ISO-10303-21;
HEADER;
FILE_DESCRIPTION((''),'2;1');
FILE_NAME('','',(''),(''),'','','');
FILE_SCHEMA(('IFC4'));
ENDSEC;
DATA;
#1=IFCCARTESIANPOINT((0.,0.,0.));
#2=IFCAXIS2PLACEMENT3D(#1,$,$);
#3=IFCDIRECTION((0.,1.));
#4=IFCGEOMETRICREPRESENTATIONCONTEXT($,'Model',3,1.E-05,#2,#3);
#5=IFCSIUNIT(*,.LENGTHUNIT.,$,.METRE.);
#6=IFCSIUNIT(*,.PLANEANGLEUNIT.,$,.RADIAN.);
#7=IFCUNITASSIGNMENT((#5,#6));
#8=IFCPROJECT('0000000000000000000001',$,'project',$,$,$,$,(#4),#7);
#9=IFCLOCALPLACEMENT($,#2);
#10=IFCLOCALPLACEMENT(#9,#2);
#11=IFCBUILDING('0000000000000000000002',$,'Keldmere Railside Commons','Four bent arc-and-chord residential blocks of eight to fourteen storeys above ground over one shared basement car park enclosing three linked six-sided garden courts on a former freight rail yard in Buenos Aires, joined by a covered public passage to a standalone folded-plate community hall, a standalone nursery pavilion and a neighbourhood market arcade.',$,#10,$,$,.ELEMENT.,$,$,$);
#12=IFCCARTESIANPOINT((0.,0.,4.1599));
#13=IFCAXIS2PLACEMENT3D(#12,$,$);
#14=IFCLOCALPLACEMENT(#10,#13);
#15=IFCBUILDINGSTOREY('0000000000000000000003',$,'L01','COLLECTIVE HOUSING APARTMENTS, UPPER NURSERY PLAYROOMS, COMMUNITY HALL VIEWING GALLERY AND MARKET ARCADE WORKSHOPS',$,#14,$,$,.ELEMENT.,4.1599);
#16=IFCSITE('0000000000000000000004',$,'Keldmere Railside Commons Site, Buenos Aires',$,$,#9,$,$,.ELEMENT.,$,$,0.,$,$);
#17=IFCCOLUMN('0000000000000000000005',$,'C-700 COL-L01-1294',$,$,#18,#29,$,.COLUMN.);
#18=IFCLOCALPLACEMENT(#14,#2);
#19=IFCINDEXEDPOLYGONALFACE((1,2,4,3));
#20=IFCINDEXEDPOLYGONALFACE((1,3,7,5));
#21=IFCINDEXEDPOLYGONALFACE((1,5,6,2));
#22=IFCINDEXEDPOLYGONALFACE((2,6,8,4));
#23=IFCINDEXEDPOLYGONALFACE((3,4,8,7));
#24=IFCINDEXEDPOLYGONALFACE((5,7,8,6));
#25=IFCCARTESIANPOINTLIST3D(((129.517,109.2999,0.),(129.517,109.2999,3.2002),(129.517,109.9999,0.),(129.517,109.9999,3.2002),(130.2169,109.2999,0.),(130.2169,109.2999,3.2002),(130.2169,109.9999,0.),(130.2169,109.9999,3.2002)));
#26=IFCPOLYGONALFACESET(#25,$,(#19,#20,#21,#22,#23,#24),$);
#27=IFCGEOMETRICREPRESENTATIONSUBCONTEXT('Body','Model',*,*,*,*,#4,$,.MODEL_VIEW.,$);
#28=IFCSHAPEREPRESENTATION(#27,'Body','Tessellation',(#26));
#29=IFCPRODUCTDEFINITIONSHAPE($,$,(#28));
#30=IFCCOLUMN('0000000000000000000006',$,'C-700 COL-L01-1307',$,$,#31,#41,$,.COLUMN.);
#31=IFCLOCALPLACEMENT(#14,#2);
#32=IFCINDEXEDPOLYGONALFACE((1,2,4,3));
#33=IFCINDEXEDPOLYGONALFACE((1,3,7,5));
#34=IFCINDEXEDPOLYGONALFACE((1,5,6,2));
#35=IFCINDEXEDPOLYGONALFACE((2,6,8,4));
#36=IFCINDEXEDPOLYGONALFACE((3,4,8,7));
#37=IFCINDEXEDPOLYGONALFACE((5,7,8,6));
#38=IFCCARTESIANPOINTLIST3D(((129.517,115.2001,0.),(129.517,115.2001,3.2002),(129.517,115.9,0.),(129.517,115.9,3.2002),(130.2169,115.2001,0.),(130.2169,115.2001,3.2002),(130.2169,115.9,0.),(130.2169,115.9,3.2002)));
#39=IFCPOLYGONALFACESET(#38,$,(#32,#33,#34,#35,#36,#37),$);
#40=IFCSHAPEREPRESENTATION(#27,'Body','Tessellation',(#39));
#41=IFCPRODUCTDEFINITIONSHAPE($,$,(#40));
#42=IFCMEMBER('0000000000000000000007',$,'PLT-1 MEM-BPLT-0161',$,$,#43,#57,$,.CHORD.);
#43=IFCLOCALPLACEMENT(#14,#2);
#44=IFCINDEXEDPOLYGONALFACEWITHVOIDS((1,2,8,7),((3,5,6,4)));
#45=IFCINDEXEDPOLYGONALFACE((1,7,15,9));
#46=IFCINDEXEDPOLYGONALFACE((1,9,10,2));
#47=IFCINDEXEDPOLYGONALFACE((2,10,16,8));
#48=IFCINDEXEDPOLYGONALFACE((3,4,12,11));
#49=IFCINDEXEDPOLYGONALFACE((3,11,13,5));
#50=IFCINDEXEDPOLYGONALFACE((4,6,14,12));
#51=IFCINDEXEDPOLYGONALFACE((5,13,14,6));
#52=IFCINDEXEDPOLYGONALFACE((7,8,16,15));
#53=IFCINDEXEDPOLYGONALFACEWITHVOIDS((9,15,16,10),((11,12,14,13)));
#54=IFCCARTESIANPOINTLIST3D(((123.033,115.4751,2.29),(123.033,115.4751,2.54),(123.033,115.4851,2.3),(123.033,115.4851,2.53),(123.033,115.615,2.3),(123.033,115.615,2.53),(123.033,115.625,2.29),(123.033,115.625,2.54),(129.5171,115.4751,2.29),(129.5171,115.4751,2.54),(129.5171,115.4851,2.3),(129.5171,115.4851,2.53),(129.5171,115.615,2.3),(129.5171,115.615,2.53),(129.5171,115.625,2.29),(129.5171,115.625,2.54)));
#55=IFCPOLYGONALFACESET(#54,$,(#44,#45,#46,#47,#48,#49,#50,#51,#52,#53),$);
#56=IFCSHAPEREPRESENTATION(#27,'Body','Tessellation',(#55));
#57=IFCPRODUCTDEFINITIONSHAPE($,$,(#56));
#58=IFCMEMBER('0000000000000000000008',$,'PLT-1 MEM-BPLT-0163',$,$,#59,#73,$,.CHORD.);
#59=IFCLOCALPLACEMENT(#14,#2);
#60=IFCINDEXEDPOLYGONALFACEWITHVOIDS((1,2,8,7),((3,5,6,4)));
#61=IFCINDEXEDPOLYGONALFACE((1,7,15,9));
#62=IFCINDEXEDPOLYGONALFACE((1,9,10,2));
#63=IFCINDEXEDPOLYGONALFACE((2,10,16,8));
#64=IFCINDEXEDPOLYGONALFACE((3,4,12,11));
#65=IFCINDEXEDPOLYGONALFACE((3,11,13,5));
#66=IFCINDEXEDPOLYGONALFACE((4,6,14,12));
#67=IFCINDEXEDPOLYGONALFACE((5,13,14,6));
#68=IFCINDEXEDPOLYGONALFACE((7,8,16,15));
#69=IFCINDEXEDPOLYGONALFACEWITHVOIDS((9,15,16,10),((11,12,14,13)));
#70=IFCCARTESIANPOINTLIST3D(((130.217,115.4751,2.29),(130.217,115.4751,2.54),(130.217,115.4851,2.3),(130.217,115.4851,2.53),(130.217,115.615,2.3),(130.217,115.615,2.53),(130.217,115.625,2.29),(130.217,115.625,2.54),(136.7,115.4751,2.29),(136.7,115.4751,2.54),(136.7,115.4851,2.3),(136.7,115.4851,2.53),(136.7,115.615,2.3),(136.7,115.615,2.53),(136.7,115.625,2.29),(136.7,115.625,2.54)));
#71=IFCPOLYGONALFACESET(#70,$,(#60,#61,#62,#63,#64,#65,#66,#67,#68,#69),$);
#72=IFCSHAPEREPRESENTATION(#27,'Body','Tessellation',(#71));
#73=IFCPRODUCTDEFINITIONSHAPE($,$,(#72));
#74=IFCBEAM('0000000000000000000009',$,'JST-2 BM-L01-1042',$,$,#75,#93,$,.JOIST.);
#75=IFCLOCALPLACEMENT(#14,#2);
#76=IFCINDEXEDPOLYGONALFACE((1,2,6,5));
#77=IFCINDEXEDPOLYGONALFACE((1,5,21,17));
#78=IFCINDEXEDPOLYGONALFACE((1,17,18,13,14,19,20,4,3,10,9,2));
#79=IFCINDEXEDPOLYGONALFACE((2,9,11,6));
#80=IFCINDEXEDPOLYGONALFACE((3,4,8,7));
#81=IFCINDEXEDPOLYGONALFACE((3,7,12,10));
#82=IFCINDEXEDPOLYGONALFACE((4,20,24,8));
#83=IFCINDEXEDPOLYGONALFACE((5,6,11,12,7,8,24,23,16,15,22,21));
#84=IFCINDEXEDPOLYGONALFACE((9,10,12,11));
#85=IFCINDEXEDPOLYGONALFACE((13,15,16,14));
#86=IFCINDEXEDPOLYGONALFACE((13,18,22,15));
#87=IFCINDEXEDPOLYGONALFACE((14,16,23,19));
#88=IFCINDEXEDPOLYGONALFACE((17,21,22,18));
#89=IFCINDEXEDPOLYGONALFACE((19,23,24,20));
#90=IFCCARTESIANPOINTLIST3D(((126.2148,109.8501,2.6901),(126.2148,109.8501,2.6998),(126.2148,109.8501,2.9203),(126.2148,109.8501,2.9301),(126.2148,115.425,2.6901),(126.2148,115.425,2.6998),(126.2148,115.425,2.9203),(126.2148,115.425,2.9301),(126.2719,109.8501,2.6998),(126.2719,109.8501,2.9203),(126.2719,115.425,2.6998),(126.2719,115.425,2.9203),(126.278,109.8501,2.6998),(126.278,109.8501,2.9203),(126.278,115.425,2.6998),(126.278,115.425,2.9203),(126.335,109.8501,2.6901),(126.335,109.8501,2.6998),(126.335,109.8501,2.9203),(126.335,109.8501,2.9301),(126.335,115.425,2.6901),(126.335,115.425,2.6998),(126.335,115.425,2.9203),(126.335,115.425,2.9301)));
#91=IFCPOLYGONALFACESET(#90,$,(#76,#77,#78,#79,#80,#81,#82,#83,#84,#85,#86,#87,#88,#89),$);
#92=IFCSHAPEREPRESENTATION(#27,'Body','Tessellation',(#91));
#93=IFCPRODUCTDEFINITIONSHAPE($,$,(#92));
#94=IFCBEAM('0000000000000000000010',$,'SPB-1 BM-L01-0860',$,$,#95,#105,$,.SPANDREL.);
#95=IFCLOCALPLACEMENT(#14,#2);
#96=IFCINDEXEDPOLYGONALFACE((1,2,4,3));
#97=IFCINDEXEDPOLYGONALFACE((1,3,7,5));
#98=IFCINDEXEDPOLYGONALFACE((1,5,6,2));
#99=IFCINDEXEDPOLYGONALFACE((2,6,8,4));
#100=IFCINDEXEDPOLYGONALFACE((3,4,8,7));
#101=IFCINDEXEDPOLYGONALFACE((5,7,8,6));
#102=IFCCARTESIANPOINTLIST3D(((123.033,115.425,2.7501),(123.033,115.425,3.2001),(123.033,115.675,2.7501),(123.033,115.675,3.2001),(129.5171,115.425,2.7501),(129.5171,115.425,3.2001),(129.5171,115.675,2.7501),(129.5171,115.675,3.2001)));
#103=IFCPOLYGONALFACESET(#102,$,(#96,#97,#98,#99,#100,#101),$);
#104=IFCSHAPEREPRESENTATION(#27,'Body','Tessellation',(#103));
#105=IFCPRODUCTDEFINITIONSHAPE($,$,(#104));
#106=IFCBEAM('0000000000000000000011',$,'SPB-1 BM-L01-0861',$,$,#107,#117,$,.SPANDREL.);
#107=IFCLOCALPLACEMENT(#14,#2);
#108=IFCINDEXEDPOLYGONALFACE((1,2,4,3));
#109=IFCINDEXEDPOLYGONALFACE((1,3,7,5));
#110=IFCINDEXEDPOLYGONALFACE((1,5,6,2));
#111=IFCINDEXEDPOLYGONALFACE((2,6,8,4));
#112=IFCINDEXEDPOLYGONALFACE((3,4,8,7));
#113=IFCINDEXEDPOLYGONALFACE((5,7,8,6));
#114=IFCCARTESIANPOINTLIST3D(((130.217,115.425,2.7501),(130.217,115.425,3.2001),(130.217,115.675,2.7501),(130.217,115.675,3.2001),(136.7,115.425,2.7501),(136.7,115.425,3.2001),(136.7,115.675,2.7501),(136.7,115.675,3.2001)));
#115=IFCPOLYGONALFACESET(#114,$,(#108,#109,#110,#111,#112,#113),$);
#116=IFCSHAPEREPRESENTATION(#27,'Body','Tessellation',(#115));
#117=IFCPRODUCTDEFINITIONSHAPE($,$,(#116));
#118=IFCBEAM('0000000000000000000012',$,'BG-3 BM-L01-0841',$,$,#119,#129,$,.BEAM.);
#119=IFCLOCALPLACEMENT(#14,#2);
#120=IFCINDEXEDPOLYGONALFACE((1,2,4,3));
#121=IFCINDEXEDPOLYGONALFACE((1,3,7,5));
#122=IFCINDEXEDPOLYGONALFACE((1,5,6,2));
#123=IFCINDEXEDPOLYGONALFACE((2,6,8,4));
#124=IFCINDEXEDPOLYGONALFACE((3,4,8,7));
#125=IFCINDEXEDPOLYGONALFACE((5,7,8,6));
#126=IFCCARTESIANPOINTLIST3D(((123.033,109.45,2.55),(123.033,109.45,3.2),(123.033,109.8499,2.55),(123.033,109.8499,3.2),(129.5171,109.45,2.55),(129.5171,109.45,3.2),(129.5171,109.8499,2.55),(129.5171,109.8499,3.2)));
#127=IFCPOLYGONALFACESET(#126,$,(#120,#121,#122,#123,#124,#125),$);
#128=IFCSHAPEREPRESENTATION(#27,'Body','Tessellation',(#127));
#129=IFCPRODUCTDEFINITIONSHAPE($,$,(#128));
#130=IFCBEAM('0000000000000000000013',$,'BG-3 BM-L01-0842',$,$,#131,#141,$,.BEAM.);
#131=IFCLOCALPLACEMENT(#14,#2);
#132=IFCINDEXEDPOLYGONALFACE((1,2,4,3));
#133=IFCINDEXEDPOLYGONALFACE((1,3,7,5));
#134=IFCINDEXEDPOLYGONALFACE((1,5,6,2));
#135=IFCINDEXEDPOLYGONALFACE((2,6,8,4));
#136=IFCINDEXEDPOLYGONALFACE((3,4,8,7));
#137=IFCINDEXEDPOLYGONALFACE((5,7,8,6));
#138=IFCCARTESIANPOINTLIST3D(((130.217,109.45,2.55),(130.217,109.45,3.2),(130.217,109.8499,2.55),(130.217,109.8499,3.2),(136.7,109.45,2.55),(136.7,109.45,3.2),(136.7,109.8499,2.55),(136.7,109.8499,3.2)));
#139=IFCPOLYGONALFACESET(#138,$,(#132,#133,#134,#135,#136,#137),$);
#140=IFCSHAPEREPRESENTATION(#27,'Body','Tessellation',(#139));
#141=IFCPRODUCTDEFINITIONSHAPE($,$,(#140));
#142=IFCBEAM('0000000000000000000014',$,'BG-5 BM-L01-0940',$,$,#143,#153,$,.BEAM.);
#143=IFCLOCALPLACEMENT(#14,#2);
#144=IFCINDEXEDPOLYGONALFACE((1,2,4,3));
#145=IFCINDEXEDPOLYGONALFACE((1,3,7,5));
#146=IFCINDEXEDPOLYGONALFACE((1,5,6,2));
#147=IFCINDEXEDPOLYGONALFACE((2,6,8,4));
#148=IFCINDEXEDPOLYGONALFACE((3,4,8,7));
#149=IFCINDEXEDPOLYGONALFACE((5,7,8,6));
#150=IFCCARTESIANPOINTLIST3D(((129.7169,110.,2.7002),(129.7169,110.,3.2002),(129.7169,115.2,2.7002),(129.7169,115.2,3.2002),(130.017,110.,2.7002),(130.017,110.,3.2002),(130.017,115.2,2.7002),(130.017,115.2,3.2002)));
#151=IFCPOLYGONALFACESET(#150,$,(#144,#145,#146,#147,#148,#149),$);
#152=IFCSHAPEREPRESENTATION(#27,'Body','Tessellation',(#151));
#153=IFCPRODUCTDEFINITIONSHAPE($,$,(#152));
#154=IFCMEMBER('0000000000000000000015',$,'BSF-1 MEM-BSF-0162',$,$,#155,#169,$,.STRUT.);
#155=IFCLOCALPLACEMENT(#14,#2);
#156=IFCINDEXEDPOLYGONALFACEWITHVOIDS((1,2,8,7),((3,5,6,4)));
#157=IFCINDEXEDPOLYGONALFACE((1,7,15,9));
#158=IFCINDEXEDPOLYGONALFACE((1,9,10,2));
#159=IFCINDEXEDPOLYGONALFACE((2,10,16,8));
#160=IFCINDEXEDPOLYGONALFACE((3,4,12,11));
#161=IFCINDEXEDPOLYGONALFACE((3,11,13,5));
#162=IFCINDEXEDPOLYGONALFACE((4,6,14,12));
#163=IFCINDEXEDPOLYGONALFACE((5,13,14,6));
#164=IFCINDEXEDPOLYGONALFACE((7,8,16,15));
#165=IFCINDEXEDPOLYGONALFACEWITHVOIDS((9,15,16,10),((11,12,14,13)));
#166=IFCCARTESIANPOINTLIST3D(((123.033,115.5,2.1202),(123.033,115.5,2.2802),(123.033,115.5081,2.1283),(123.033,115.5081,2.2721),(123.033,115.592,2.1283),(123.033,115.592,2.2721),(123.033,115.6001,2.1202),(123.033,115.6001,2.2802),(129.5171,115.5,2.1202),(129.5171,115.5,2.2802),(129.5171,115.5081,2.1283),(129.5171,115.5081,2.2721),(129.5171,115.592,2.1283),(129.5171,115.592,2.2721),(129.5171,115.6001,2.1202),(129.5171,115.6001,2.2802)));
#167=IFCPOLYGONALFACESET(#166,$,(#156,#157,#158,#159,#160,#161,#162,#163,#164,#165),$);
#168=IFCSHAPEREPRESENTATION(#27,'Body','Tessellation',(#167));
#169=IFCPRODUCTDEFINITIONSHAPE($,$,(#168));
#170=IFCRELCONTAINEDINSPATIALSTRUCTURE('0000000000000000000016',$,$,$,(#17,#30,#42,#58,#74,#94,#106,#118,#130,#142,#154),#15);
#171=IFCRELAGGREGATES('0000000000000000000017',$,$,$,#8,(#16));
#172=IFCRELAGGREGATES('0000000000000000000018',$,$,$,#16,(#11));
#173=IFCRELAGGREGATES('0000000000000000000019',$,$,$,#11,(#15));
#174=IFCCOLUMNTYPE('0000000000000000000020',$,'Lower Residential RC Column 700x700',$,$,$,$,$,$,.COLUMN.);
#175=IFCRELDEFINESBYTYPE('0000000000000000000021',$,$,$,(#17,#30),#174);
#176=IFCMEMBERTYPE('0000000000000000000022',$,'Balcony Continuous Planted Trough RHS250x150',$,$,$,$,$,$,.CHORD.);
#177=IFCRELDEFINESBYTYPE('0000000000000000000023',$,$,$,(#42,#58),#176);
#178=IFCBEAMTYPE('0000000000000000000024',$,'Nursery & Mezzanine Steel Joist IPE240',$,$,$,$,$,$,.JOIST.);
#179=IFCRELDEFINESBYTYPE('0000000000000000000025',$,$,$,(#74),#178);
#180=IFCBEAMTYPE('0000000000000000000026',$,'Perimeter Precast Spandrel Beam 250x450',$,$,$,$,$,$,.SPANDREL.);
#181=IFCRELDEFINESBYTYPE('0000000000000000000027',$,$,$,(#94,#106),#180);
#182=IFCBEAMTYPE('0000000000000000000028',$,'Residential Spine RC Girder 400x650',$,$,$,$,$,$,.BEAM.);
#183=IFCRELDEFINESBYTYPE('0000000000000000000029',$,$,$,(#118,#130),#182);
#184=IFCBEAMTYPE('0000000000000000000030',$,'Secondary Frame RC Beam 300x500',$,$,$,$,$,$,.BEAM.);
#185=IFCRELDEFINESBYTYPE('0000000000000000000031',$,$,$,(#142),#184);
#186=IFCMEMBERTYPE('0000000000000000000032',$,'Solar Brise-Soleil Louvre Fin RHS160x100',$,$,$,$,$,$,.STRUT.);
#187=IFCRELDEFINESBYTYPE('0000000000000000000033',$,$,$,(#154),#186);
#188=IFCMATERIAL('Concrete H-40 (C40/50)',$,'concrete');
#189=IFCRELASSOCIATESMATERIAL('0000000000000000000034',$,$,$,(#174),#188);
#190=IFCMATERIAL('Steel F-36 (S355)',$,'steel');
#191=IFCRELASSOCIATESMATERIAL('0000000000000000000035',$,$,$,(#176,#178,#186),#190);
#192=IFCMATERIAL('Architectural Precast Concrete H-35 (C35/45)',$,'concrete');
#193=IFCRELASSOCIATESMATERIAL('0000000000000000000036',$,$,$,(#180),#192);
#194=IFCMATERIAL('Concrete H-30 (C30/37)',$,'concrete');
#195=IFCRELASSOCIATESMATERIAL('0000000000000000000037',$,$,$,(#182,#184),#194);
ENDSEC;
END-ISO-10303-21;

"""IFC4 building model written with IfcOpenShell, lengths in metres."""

from ifc_helpers import new_model, si_unit, direction, frame, origin, origin_2d, place, context, subcontext, project, spatial, rectangle, hollow_rectangle, i_section, extrude, material, material_profile, profile_set, type_object, element, save


model = new_model("IFC4")

# Units and contexts
model_context = context("Model", 3, precision=1e-05, world=origin(), true_north=direction((0.0, 1.0)))
body_context = subcontext(model_context, "Body", "Model", "MODEL_VIEW")
ifc_project = project(units=[si_unit("LENGTHUNIT", "METRE"), si_unit("PLANEANGLEUNIT", "RADIAN")], contexts=[model_context])

# Site, building, storey
site_placement = place(None, origin())
site = spatial("IfcSite", under=ifc_project, at=site_placement, Name="Keldmere Railside Commons Site, Buenos Aires", CompositionType="ELEMENT", RefElevation=0.0)
building_placement = place(site_placement, origin())
building = spatial("IfcBuilding", under=site, at=building_placement, Name="Keldmere Railside Commons", Description="Four bent arc-and-chord residential blocks of eight to fourteen storeys above ground over one shared basement car park enclosing three linked six-sided garden courts on a former freight rail yard in Buenos Aires, joined by a covered public passage to a standalone folded-plate community hall, a standalone nursery pavilion and a neighbourhood market arcade.", CompositionType="ELEMENT")
storey_placement = place(building_placement, frame((0.0, 0.0, 4.1599)))
storey = spatial("IfcBuildingStorey", under=building, at=storey_placement, Name="L01", Description="COLLECTIVE HOUSING APARTMENTS, UPPER NURSERY PLAYROOMS, COMMUNITY HALL VIEWING GALLERY AND MARKET ARCADE WORKSHOPS", CompositionType="ELEMENT", Elevation=4.1599)

# Columns
ifc_material_1 = material(Name="Concrete H-40 (C40/50)", Category="concrete")
ifc_material_profile_1 = material_profile(ifc_material_1, rectangle(XDim=0.7, YDim=0.7, at=origin_2d()), Name="RC-700x700")
ifc_profile_set_1 = profile_set([ifc_material_profile_1], Name="Concrete H-40 (C40/50)")
column_type = type_object("IfcColumnType", Name="Lower Residential RC Column 700x700", PredefinedType="COLUMN", material=ifc_profile_set_1)
for number, where, z_axis, x_axis, name in (
    (1, (129.8669, 109.6499, 0.0), (0.0, 0.0, 1.0), (1.0, 0.0, 0.0), "C-700 COL-L01-1294"),
    (2, (129.8669, 115.55, 0.0), (0.0, 0.0, 1.0), (1.0, 0.0, 0.0), "C-700 COL-L01-1307"),
):
    element("IfcColumn", number, at=place(storey_placement, frame(where, z_axis=z_axis, x_axis=x_axis)), inside=storey, type_object=column_type, Name=name, PredefinedType="COLUMN", context=body_context, shape_type="SweptSolid", body=[
        extrude(rectangle(XDim=0.7, YDim=0.7, at=origin_2d()), origin(), (0.0, 0.0, 1.0), 3.2002),
    ])

# Members
ifc_material_2 = material(Name="Steel F-36 (S355)", Category="steel")
ifc_material_profile_2 = material_profile(ifc_material_2, hollow_rectangle(XDim=0.1499, YDim=0.25, WallThickness=0.01, at=origin_2d()), Name="RHS-250x150x10")
ifc_profile_set_2 = profile_set([ifc_material_profile_2], Name="Steel F-36 (S355)")
member_type_1 = type_object("IfcMemberType", Name="Balcony Continuous Planted Trough RHS250x150", PredefinedType="CHORD", material=ifc_profile_set_2)
member_1_placement = place(storey_placement, frame((123.033, 115.55, 2.415), z_axis=(1.0, 0.0, 0.0), x_axis=(0.0, 1.0, 0.0)))
element("IfcMember", 3, at=member_1_placement, inside=storey, type_object=member_type_1, Name="PLT-1 MEM-BPLT-0161", PredefinedType="CHORD", context=body_context, shape_type="SweptSolid", body=[
    extrude(hollow_rectangle(XDim=0.1499, YDim=0.25, WallThickness=0.01, at=origin_2d()), origin(), (0.0, 0.0, 1.0), 6.4841),
])
member_2_placement = place(storey_placement, frame((130.217, 115.55, 2.415), z_axis=(1.0, 0.0, 0.0), x_axis=(0.0, 1.0, 0.0)))
element("IfcMember", 4, at=member_2_placement, inside=storey, type_object=member_type_1, Name="PLT-1 MEM-BPLT-0163", PredefinedType="CHORD", context=body_context, shape_type="SweptSolid", body=[
    extrude(hollow_rectangle(XDim=0.1499, YDim=0.25, WallThickness=0.01, at=origin_2d()), origin(), (0.0, 0.0, 1.0), 6.4829),
])

# Beams
ifc_material_profile_3 = material_profile(ifc_material_2, i_section(OverallWidth=0.1201, OverallDepth=0.24, WebThickness=0.0061, FlangeThickness=0.0098, at=origin_2d()), Name="IPE-240")
ifc_profile_set_3 = profile_set([ifc_material_profile_3], Name="Steel F-36 (S355)")
beam_type_1 = type_object("IfcBeamType", Name="Nursery & Mezzanine Steel Joist IPE240", PredefinedType="JOIST", material=ifc_profile_set_3)
beam_1_placement = place(storey_placement, frame((126.2749, 109.8501, 2.8101), z_axis=(0.0, 1.0, 0.0), x_axis=(-1.0, 0.0, 0.0)))
element("IfcBeam", 5, at=beam_1_placement, inside=storey, type_object=beam_type_1, Name="JST-2 BM-L01-1042", PredefinedType="JOIST", context=body_context, shape_type="SweptSolid", body=[
    extrude(i_section(OverallWidth=0.1201, OverallDepth=0.24, WebThickness=0.0061, FlangeThickness=0.0098, at=origin_2d()), origin(), (0.0, 0.0, 1.0), 5.575),
])
ifc_material_3 = material(Name="Architectural Precast Concrete H-35 (C35/45)", Category="concrete")
ifc_material_profile_4 = material_profile(ifc_material_3, rectangle(XDim=0.25, YDim=0.45, at=origin_2d()), Name="RC-250x450")
ifc_profile_set_4 = profile_set([ifc_material_profile_4], Name="Architectural Precast Concrete H-35 (C35/45)")
beam_type_2 = type_object("IfcBeamType", Name="Perimeter Precast Spandrel Beam 250x450", PredefinedType="SPANDREL", material=ifc_profile_set_4)
beam_2_placement = place(storey_placement, frame((123.033, 115.55, 2.9751), z_axis=(1.0, 0.0, 0.0), x_axis=(0.0, 1.0, 0.0)))
element("IfcBeam", 6, at=beam_2_placement, inside=storey, type_object=beam_type_2, Name="SPB-1 BM-L01-0860", PredefinedType="SPANDREL", context=body_context, shape_type="SweptSolid", body=[
    extrude(rectangle(XDim=0.25, YDim=0.45, at=origin_2d()), origin(), (0.0, 0.0, 1.0), 6.4841),
])
beam_3_placement = place(storey_placement, frame((130.217, 115.55, 2.9751), z_axis=(1.0, 0.0, 0.0), x_axis=(0.0, 1.0, 0.0)))
element("IfcBeam", 7, at=beam_3_placement, inside=storey, type_object=beam_type_2, Name="SPB-1 BM-L01-0861", PredefinedType="SPANDREL", context=body_context, shape_type="SweptSolid", body=[
    extrude(rectangle(XDim=0.25, YDim=0.45, at=origin_2d()), origin(), (0.0, 0.0, 1.0), 6.4829),
])
ifc_material_4 = material(Name="Concrete H-30 (C30/37)", Category="concrete")
ifc_material_profile_5 = material_profile(ifc_material_4, rectangle(XDim=0.3999, YDim=0.6499, at=origin_2d()), Name="RC-400x650")
ifc_profile_set_5 = profile_set([ifc_material_profile_5], Name="Concrete H-30 (C30/37)")
beam_type_3 = type_object("IfcBeamType", Name="Residential Spine RC Girder 400x650", PredefinedType="BEAM", material=ifc_profile_set_5)
beam_4_placement = place(storey_placement, frame((123.033, 109.6499, 2.875), z_axis=(1.0, 0.0, 0.0), x_axis=(0.0, 1.0, 0.0)))
element("IfcBeam", 8, at=beam_4_placement, inside=storey, type_object=beam_type_3, Name="BG-3 BM-L01-0841", PredefinedType="BEAM", context=body_context, shape_type="SweptSolid", body=[
    extrude(rectangle(XDim=0.3999, YDim=0.6499, at=origin_2d()), origin(), (0.0, 0.0, 1.0), 6.4841),
])
beam_5_placement = place(storey_placement, frame((130.217, 109.6499, 2.875), z_axis=(1.0, 0.0, 0.0), x_axis=(0.0, 1.0, 0.0)))
element("IfcBeam", 9, at=beam_5_placement, inside=storey, type_object=beam_type_3, Name="BG-3 BM-L01-0842", PredefinedType="BEAM", context=body_context, shape_type="SweptSolid", body=[
    extrude(rectangle(XDim=0.3999, YDim=0.6499, at=origin_2d()), origin(), (0.0, 0.0, 1.0), 6.4829),
])
ifc_material_profile_6 = material_profile(ifc_material_4, rectangle(XDim=0.3, YDim=0.5, at=origin_2d()), Name="RC-300x500")
ifc_profile_set_6 = profile_set([ifc_material_profile_6], Name="Concrete H-30 (C30/37)")
beam_type_4 = type_object("IfcBeamType", Name="Secondary Frame RC Beam 300x500", PredefinedType="BEAM", material=ifc_profile_set_6)
beam_6_placement = place(storey_placement, frame((129.8669, 110.0, 2.9502), z_axis=(0.0, 1.0, 0.0), x_axis=(-1.0, 0.0, 0.0)))
element("IfcBeam", 10, at=beam_6_placement, inside=storey, type_object=beam_type_4, Name="BG-5 BM-L01-0940", PredefinedType="BEAM", context=body_context, shape_type="SweptSolid", body=[
    extrude(rectangle(XDim=0.3, YDim=0.5, at=origin_2d()), origin(), (0.0, 0.0, 1.0), 5.2),
])

# Member
ifc_material_profile_7 = material_profile(ifc_material_2, hollow_rectangle(XDim=0.1001, YDim=0.1599, WallThickness=0.0081, at=origin_2d()), Name="RHS-160x100x8")
ifc_profile_set_7 = profile_set([ifc_material_profile_7], Name="Steel F-36 (S355)")
member_type_2 = type_object("IfcMemberType", Name="Solar Brise-Soleil Louvre Fin RHS160x100", PredefinedType="STRUT", material=ifc_profile_set_7)
member_3_placement = place(storey_placement, frame((123.033, 115.55, 2.2002), z_axis=(1.0, 0.0, 0.0), x_axis=(0.0, 1.0, 0.0)))
element("IfcMember", 11, at=member_3_placement, inside=storey, type_object=member_type_2, Name="BSF-1 MEM-BSF-0162", PredefinedType="STRUT", context=body_context, shape_type="SweptSolid", body=[
    extrude(hollow_rectangle(XDim=0.1001, YDim=0.1599, WallThickness=0.0081, at=origin_2d()), origin(), (0.0, 0.0, 1.0), 6.4841),
])

save(model, "model.ifc")
